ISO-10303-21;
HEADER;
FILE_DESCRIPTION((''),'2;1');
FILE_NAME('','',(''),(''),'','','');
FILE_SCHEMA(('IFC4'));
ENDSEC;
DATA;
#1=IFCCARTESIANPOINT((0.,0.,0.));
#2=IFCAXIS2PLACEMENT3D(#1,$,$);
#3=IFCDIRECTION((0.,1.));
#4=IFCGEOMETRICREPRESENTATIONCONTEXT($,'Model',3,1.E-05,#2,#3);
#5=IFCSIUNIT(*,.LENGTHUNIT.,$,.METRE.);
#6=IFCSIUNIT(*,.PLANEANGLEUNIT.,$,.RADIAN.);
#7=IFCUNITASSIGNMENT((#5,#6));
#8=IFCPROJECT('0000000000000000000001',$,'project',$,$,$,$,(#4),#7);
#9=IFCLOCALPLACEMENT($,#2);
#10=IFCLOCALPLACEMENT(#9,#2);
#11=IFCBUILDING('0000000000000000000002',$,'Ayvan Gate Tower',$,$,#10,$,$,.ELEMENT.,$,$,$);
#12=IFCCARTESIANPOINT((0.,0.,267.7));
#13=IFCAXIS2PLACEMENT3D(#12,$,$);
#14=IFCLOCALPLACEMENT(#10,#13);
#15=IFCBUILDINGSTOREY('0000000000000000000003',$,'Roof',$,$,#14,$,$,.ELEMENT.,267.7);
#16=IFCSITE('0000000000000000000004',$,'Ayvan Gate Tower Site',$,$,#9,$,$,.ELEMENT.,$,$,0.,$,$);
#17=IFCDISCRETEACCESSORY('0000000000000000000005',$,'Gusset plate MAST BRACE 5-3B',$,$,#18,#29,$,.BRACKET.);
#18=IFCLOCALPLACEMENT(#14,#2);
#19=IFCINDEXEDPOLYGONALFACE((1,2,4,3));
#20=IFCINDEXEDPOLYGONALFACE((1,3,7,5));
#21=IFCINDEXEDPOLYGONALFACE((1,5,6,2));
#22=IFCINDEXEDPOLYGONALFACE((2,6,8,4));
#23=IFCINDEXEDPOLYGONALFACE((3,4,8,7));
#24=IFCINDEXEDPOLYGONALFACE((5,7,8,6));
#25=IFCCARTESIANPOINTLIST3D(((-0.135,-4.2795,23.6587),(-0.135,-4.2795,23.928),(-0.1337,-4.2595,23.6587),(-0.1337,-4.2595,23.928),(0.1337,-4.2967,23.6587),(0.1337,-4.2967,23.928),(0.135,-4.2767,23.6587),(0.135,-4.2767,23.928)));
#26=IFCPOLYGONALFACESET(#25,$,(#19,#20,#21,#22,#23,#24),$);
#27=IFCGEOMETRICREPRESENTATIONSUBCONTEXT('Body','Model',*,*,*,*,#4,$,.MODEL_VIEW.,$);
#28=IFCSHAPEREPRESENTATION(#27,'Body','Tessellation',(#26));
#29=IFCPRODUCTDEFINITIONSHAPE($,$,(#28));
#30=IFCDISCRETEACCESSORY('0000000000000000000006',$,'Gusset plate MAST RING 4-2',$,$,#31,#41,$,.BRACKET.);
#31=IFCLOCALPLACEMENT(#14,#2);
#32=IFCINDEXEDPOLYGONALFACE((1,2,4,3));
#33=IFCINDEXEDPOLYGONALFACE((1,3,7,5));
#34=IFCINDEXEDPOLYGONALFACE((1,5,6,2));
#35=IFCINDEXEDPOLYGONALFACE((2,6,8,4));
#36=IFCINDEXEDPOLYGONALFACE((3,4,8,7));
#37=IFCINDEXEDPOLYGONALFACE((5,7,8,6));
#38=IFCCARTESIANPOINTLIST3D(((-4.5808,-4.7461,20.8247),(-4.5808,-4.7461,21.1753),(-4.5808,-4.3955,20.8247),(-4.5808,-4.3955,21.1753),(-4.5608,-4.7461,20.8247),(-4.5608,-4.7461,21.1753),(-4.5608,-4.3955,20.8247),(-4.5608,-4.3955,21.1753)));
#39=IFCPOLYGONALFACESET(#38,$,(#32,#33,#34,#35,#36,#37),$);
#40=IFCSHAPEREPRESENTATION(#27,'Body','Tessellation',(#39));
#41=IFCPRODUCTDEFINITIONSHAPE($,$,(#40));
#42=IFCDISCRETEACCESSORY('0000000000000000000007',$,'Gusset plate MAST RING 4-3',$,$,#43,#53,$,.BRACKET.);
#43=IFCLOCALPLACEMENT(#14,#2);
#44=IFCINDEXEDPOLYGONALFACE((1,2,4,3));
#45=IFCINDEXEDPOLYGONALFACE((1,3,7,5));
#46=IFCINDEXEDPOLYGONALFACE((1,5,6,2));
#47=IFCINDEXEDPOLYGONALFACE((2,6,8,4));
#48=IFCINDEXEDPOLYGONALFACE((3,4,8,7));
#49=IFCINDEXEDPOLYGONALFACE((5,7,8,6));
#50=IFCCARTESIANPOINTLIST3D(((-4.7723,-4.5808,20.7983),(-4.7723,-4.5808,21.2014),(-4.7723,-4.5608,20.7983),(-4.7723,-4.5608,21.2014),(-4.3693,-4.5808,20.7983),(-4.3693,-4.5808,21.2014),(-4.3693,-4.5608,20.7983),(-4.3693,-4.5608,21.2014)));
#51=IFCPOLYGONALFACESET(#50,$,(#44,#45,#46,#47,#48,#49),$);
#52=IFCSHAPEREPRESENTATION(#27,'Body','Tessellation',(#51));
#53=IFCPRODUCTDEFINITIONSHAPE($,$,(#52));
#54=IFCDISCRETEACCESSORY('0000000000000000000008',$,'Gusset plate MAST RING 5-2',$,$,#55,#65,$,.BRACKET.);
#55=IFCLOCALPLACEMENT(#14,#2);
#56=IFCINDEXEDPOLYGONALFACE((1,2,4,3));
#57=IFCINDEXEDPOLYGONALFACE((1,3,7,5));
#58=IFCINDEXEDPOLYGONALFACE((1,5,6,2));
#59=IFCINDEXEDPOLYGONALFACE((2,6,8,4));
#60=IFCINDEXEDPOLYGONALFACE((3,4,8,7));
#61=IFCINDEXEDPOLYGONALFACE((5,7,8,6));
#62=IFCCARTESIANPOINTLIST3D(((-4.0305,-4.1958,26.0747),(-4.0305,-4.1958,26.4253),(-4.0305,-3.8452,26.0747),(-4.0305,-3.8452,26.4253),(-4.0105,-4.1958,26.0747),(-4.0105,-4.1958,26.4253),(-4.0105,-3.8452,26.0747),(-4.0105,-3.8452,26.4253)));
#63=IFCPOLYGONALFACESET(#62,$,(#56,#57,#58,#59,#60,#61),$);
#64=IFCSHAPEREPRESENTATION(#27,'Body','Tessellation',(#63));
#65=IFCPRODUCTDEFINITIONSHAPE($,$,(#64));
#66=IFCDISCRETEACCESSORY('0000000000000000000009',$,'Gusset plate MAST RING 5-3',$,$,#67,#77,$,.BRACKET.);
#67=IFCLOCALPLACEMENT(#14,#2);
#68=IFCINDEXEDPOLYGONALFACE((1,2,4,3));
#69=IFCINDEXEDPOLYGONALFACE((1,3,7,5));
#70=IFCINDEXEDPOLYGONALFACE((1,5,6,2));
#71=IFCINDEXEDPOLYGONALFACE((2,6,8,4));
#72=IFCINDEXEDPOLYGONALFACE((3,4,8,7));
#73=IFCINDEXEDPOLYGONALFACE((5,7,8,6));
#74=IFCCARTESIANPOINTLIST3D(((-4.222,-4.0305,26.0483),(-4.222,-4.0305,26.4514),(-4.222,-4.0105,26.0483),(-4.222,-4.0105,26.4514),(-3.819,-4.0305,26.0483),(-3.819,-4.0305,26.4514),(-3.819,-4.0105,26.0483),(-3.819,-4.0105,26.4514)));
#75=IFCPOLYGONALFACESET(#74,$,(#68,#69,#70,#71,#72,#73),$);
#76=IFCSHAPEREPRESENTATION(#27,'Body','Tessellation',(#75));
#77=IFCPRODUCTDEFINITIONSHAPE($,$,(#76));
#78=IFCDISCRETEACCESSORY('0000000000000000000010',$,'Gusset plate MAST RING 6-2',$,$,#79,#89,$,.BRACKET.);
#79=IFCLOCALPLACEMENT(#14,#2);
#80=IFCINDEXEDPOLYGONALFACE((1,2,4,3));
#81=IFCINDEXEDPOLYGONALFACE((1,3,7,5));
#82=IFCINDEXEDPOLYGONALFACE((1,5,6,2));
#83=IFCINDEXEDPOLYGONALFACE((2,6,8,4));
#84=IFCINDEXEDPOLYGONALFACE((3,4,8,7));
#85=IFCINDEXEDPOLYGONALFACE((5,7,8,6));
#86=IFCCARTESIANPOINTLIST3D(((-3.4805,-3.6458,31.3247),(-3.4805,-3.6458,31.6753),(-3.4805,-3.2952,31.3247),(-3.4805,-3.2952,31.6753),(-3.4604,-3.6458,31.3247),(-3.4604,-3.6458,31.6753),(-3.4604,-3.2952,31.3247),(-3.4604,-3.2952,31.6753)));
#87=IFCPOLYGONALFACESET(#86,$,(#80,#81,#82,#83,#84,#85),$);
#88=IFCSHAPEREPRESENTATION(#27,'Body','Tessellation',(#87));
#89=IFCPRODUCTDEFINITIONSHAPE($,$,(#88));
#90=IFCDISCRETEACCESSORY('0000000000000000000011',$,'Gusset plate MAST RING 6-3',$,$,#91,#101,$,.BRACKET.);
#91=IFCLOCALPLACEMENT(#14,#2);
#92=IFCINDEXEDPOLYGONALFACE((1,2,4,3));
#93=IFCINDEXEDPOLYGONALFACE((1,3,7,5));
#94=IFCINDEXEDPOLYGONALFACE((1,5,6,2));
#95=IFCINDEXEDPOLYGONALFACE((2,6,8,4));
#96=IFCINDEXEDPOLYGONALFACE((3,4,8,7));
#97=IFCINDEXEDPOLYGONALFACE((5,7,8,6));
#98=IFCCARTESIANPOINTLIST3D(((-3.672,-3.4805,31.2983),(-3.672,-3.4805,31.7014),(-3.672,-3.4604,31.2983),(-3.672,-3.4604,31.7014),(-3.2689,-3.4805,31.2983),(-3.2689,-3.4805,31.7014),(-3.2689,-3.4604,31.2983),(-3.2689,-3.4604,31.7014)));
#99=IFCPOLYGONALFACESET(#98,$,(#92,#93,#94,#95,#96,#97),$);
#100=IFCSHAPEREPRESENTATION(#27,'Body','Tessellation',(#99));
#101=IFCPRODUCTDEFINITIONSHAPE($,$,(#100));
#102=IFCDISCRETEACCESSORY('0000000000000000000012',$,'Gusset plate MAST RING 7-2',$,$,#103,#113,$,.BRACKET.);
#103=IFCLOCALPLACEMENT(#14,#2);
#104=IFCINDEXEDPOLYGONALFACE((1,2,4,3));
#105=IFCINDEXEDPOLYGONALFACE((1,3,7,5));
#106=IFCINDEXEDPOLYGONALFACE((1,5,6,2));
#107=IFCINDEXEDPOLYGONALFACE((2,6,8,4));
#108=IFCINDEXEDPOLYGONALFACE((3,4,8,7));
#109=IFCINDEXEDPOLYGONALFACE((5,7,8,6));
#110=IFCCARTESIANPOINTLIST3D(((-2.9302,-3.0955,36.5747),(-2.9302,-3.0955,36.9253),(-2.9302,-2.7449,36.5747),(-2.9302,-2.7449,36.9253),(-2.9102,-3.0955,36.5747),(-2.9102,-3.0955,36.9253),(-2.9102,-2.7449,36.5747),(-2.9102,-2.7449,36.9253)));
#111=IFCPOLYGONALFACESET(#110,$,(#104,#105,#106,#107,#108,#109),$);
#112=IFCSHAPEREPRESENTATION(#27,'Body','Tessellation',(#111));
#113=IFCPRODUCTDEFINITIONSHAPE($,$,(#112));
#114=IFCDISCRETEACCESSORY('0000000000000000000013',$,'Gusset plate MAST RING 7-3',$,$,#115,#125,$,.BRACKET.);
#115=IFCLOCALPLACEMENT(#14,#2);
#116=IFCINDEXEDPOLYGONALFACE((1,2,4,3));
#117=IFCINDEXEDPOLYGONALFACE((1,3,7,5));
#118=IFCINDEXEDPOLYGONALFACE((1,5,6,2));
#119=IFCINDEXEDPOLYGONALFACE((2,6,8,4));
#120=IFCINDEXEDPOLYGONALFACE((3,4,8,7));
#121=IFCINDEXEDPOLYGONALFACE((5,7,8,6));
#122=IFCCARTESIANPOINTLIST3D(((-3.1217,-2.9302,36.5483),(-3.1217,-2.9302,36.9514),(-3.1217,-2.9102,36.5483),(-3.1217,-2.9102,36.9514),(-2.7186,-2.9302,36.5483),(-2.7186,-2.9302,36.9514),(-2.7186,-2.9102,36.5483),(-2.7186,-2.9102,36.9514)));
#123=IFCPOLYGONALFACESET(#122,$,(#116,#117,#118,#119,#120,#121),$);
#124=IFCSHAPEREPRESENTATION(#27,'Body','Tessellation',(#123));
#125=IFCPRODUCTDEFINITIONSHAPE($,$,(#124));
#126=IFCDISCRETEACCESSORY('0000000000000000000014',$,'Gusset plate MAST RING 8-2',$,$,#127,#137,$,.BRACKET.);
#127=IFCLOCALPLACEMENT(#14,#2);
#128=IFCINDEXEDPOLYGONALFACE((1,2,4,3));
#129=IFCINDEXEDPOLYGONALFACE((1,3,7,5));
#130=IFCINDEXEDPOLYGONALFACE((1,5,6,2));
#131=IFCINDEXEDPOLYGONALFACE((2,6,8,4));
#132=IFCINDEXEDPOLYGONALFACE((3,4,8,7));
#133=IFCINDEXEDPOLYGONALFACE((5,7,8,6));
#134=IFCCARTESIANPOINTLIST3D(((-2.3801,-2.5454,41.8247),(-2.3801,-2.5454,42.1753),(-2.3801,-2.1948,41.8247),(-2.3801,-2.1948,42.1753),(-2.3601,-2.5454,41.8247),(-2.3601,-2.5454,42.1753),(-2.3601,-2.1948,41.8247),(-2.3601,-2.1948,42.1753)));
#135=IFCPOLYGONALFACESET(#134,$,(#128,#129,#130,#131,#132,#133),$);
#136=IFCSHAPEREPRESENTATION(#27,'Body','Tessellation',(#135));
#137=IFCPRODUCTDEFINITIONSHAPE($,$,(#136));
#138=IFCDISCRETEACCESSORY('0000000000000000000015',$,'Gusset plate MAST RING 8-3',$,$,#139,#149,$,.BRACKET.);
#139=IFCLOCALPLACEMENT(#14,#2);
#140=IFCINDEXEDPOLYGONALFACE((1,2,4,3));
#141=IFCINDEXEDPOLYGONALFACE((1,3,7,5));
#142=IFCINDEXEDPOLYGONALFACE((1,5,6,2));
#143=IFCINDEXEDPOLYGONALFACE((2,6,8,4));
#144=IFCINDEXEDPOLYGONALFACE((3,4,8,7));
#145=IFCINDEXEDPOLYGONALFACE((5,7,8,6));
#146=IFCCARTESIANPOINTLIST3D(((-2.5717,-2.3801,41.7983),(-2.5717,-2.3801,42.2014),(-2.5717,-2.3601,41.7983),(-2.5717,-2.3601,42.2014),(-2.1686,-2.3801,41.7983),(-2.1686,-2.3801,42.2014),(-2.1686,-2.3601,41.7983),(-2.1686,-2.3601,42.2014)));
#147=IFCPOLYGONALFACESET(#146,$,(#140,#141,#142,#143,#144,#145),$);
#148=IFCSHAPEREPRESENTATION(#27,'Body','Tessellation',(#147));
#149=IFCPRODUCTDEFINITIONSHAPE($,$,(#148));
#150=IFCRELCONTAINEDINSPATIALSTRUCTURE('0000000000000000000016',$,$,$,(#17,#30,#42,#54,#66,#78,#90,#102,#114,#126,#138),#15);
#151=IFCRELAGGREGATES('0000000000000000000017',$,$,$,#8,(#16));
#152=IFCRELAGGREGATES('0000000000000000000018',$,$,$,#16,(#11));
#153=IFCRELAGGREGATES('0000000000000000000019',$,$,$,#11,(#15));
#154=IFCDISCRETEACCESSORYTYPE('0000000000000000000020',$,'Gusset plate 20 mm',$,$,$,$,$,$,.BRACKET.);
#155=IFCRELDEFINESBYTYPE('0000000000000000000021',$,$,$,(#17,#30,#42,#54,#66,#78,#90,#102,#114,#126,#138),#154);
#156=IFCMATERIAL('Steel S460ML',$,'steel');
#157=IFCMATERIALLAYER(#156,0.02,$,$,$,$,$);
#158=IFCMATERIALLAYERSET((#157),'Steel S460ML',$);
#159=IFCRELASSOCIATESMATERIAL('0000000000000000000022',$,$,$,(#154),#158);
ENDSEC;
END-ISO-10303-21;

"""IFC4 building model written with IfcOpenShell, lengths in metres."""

from ifc_helpers import new_model, si_unit, direction, frame, origin, origin_2d, place, context, subcontext, project, spatial, rectangle, extrude, material, layer, layer_set, type_object, element, save


model = new_model("IFC4")

# Units and contexts
model_context = context("Model", 3, precision=1e-05, world=origin(), true_north=direction((0.0, 1.0)))
body_context = subcontext(model_context, "Body", "Model", "MODEL_VIEW")
ifc_project = project(units=[si_unit("LENGTHUNIT", "METRE"), si_unit("PLANEANGLEUNIT", "RADIAN")], contexts=[model_context])

# Site, building, storey
site_placement = place(None, origin())
site = spatial("IfcSite", under=ifc_project, at=site_placement, Name="Ayvan Gate Tower Site", CompositionType="ELEMENT", RefElevation=0.0)
building_placement = place(site_placement, origin())
building = spatial("IfcBuilding", under=site, at=building_placement, Name="Ayvan Gate Tower", CompositionType="ELEMENT")
storey_placement = place(building_placement, frame((0.0, 0.0, 267.7)))
storey = spatial("IfcBuildingStorey", under=building, at=storey_placement, Name="Roof", CompositionType="ELEMENT", Elevation=267.7)

# Discrete accessories
ifc_material_1 = material(Name="Steel S460ML", Category="steel")
ifc_layer = layer(ifc_material_1, 0.02)
ifc_layer_set = layer_set([ifc_layer], Name="Steel S460ML")
discrete_accessory_type = type_object("IfcDiscreteAccessoryType", Name="Gusset plate 20 mm", PredefinedType="BRACKET", material=ifc_layer_set)
for number, where, z_axis, x_axis, name in (
    (1, (0.0, -4.2781, 23.6587), (0.0, 0.0, 1.0), (-0.997956, 0.063909, 0.0), "Gusset plate MAST BRACE 5-3B"),
):
    element("IfcDiscreteAccessory", number, at=place(storey_placement, frame(where, z_axis=z_axis, x_axis=x_axis)), inside=storey, type_object=discrete_accessory_type, Name=name, PredefinedType="BRACKET", context=body_context, shape_type="SweptSolid", body=[
        extrude(rectangle(XDim=0.2693, YDim=0.02, at=origin_2d()), origin(), (0.0, 0.0, 1.0), 0.2693),
    ])
discrete_accessory_1_placement = place(storey_placement, frame((-4.5708, -4.5708, 20.8247), z_axis=(0.0, 0.0, 1.0), x_axis=(0.0, 1.0, 0.0)))
element("IfcDiscreteAccessory", 2, at=discrete_accessory_1_placement, inside=storey, type_object=discrete_accessory_type, Name="Gusset plate MAST RING 4-2", PredefinedType="BRACKET", context=body_context, shape_type="SweptSolid", body=[
    extrude(rectangle(XDim=0.3506, YDim=0.02, at=origin_2d()), origin(), (0.0, 0.0, 1.0), 0.3506),
])
discrete_accessory_2_placement = place(storey_placement, frame((-4.5708, -4.5708, 20.7983), z_axis=(0.0, 0.0, 1.0), x_axis=(1.0, 0.0, 0.0)))
element("IfcDiscreteAccessory", 3, at=discrete_accessory_2_placement, inside=storey, type_object=discrete_accessory_type, Name="Gusset plate MAST RING 4-3", PredefinedType="BRACKET", context=body_context, shape_type="SweptSolid", body=[
    extrude(rectangle(XDim=0.4031, YDim=0.02, at=origin_2d()), origin(), (0.0, 0.0, 1.0), 0.4031),
])
discrete_accessory_3_placement = place(storey_placement, frame((-4.0205, -4.0205, 26.0747), z_axis=(0.0, 0.0, 1.0), x_axis=(0.0, 1.0, 0.0)))
element("IfcDiscreteAccessory", 4, at=discrete_accessory_3_placement, inside=storey, type_object=discrete_accessory_type, Name="Gusset plate MAST RING 5-2", PredefinedType="BRACKET", context=body_context, shape_type="SweptSolid", body=[
    extrude(rectangle(XDim=0.3506, YDim=0.02, at=origin_2d()), origin(), (0.0, 0.0, 1.0), 0.3506),
])
discrete_accessory_4_placement = place(storey_placement, frame((-4.0205, -4.0205, 26.0483), z_axis=(0.0, 0.0, 1.0), x_axis=(1.0, 0.0, 0.0)))
element("IfcDiscreteAccessory", 5, at=discrete_accessory_4_placement, inside=storey, type_object=discrete_accessory_type, Name="Gusset plate MAST RING 5-3", PredefinedType="BRACKET", context=body_context, shape_type="SweptSolid", body=[
    extrude(rectangle(XDim=0.4031, YDim=0.02, at=origin_2d()), origin(), (0.0, 0.0, 1.0), 0.4031),
])
discrete_accessory_5_placement = place(storey_placement, frame((-3.4705, -3.4705, 31.3247), z_axis=(0.0, 0.0, 1.0), x_axis=(0.0, 1.0, 0.0)))
element("IfcDiscreteAccessory", 6, at=discrete_accessory_5_placement, inside=storey, type_object=discrete_accessory_type, Name="Gusset plate MAST RING 6-2", PredefinedType="BRACKET", context=body_context, shape_type="SweptSolid", body=[
    extrude(rectangle(XDim=0.3506, YDim=0.02, at=origin_2d()), origin(), (0.0, 0.0, 1.0), 0.3506),
])
discrete_accessory_6_placement = place(storey_placement, frame((-3.4705, -3.4705, 31.2983), z_axis=(0.0, 0.0, 1.0), x_axis=(1.0, 0.0, 0.0)))
element("IfcDiscreteAccessory", 7, at=discrete_accessory_6_placement, inside=storey, type_object=discrete_accessory_type, Name="Gusset plate MAST RING 6-3", PredefinedType="BRACKET", context=body_context, shape_type="SweptSolid", body=[
    extrude(rectangle(XDim=0.4031, YDim=0.02, at=origin_2d()), origin(), (0.0, 0.0, 1.0), 0.4031),
])
discrete_accessory_7_placement = place(storey_placement, frame((-2.9202, -2.9202, 36.5747), z_axis=(0.0, 0.0, 1.0), x_axis=(0.0, 1.0, 0.0)))
element("IfcDiscreteAccessory", 8, at=discrete_accessory_7_placement, inside=storey, type_object=discrete_accessory_type, Name="Gusset plate MAST RING 7-2", PredefinedType="BRACKET", context=body_context, shape_type="SweptSolid", body=[
    extrude(rectangle(XDim=0.3506, YDim=0.02, at=origin_2d()), origin(), (0.0, 0.0, 1.0), 0.3506),
])
discrete_accessory_8_placement = place(storey_placement, frame((-2.9202, -2.9202, 36.5483), z_axis=(0.0, 0.0, 1.0), x_axis=(1.0, 0.0, 0.0)))
element("IfcDiscreteAccessory", 9, at=discrete_accessory_8_placement, inside=storey, type_object=discrete_accessory_type, Name="Gusset plate MAST RING 7-3", PredefinedType="BRACKET", context=body_context, shape_type="SweptSolid", body=[
    extrude(rectangle(XDim=0.4031, YDim=0.02, at=origin_2d()), origin(), (0.0, 0.0, 1.0), 0.4031),
])
discrete_accessory_9_placement = place(storey_placement, frame((-2.3701, -2.3701, 41.8247), z_axis=(0.0, 0.0, 1.0), x_axis=(0.0, 1.0, 0.0)))
element("IfcDiscreteAccessory", 10, at=discrete_accessory_9_placement, inside=storey, type_object=discrete_accessory_type, Name="Gusset plate MAST RING 8-2", PredefinedType="BRACKET", context=body_context, shape_type="SweptSolid", body=[
    extrude(rectangle(XDim=0.3506, YDim=0.02, at=origin_2d()), origin(), (0.0, 0.0, 1.0), 0.3506),
])
discrete_accessory_10_placement = place(storey_placement, frame((-2.3701, -2.3701, 41.7983), z_axis=(0.0, 0.0, 1.0), x_axis=(1.0, 0.0, 0.0)))
element("IfcDiscreteAccessory", 11, at=discrete_accessory_10_placement, inside=storey, type_object=discrete_accessory_type, Name="Gusset plate MAST RING 8-3", PredefinedType="BRACKET", context=body_context, shape_type="SweptSolid", body=[
    extrude(rectangle(XDim=0.4031, YDim=0.02, at=origin_2d()), origin(), (0.0, 0.0, 1.0), 0.4031),
])

save(model, "model.ifc")
